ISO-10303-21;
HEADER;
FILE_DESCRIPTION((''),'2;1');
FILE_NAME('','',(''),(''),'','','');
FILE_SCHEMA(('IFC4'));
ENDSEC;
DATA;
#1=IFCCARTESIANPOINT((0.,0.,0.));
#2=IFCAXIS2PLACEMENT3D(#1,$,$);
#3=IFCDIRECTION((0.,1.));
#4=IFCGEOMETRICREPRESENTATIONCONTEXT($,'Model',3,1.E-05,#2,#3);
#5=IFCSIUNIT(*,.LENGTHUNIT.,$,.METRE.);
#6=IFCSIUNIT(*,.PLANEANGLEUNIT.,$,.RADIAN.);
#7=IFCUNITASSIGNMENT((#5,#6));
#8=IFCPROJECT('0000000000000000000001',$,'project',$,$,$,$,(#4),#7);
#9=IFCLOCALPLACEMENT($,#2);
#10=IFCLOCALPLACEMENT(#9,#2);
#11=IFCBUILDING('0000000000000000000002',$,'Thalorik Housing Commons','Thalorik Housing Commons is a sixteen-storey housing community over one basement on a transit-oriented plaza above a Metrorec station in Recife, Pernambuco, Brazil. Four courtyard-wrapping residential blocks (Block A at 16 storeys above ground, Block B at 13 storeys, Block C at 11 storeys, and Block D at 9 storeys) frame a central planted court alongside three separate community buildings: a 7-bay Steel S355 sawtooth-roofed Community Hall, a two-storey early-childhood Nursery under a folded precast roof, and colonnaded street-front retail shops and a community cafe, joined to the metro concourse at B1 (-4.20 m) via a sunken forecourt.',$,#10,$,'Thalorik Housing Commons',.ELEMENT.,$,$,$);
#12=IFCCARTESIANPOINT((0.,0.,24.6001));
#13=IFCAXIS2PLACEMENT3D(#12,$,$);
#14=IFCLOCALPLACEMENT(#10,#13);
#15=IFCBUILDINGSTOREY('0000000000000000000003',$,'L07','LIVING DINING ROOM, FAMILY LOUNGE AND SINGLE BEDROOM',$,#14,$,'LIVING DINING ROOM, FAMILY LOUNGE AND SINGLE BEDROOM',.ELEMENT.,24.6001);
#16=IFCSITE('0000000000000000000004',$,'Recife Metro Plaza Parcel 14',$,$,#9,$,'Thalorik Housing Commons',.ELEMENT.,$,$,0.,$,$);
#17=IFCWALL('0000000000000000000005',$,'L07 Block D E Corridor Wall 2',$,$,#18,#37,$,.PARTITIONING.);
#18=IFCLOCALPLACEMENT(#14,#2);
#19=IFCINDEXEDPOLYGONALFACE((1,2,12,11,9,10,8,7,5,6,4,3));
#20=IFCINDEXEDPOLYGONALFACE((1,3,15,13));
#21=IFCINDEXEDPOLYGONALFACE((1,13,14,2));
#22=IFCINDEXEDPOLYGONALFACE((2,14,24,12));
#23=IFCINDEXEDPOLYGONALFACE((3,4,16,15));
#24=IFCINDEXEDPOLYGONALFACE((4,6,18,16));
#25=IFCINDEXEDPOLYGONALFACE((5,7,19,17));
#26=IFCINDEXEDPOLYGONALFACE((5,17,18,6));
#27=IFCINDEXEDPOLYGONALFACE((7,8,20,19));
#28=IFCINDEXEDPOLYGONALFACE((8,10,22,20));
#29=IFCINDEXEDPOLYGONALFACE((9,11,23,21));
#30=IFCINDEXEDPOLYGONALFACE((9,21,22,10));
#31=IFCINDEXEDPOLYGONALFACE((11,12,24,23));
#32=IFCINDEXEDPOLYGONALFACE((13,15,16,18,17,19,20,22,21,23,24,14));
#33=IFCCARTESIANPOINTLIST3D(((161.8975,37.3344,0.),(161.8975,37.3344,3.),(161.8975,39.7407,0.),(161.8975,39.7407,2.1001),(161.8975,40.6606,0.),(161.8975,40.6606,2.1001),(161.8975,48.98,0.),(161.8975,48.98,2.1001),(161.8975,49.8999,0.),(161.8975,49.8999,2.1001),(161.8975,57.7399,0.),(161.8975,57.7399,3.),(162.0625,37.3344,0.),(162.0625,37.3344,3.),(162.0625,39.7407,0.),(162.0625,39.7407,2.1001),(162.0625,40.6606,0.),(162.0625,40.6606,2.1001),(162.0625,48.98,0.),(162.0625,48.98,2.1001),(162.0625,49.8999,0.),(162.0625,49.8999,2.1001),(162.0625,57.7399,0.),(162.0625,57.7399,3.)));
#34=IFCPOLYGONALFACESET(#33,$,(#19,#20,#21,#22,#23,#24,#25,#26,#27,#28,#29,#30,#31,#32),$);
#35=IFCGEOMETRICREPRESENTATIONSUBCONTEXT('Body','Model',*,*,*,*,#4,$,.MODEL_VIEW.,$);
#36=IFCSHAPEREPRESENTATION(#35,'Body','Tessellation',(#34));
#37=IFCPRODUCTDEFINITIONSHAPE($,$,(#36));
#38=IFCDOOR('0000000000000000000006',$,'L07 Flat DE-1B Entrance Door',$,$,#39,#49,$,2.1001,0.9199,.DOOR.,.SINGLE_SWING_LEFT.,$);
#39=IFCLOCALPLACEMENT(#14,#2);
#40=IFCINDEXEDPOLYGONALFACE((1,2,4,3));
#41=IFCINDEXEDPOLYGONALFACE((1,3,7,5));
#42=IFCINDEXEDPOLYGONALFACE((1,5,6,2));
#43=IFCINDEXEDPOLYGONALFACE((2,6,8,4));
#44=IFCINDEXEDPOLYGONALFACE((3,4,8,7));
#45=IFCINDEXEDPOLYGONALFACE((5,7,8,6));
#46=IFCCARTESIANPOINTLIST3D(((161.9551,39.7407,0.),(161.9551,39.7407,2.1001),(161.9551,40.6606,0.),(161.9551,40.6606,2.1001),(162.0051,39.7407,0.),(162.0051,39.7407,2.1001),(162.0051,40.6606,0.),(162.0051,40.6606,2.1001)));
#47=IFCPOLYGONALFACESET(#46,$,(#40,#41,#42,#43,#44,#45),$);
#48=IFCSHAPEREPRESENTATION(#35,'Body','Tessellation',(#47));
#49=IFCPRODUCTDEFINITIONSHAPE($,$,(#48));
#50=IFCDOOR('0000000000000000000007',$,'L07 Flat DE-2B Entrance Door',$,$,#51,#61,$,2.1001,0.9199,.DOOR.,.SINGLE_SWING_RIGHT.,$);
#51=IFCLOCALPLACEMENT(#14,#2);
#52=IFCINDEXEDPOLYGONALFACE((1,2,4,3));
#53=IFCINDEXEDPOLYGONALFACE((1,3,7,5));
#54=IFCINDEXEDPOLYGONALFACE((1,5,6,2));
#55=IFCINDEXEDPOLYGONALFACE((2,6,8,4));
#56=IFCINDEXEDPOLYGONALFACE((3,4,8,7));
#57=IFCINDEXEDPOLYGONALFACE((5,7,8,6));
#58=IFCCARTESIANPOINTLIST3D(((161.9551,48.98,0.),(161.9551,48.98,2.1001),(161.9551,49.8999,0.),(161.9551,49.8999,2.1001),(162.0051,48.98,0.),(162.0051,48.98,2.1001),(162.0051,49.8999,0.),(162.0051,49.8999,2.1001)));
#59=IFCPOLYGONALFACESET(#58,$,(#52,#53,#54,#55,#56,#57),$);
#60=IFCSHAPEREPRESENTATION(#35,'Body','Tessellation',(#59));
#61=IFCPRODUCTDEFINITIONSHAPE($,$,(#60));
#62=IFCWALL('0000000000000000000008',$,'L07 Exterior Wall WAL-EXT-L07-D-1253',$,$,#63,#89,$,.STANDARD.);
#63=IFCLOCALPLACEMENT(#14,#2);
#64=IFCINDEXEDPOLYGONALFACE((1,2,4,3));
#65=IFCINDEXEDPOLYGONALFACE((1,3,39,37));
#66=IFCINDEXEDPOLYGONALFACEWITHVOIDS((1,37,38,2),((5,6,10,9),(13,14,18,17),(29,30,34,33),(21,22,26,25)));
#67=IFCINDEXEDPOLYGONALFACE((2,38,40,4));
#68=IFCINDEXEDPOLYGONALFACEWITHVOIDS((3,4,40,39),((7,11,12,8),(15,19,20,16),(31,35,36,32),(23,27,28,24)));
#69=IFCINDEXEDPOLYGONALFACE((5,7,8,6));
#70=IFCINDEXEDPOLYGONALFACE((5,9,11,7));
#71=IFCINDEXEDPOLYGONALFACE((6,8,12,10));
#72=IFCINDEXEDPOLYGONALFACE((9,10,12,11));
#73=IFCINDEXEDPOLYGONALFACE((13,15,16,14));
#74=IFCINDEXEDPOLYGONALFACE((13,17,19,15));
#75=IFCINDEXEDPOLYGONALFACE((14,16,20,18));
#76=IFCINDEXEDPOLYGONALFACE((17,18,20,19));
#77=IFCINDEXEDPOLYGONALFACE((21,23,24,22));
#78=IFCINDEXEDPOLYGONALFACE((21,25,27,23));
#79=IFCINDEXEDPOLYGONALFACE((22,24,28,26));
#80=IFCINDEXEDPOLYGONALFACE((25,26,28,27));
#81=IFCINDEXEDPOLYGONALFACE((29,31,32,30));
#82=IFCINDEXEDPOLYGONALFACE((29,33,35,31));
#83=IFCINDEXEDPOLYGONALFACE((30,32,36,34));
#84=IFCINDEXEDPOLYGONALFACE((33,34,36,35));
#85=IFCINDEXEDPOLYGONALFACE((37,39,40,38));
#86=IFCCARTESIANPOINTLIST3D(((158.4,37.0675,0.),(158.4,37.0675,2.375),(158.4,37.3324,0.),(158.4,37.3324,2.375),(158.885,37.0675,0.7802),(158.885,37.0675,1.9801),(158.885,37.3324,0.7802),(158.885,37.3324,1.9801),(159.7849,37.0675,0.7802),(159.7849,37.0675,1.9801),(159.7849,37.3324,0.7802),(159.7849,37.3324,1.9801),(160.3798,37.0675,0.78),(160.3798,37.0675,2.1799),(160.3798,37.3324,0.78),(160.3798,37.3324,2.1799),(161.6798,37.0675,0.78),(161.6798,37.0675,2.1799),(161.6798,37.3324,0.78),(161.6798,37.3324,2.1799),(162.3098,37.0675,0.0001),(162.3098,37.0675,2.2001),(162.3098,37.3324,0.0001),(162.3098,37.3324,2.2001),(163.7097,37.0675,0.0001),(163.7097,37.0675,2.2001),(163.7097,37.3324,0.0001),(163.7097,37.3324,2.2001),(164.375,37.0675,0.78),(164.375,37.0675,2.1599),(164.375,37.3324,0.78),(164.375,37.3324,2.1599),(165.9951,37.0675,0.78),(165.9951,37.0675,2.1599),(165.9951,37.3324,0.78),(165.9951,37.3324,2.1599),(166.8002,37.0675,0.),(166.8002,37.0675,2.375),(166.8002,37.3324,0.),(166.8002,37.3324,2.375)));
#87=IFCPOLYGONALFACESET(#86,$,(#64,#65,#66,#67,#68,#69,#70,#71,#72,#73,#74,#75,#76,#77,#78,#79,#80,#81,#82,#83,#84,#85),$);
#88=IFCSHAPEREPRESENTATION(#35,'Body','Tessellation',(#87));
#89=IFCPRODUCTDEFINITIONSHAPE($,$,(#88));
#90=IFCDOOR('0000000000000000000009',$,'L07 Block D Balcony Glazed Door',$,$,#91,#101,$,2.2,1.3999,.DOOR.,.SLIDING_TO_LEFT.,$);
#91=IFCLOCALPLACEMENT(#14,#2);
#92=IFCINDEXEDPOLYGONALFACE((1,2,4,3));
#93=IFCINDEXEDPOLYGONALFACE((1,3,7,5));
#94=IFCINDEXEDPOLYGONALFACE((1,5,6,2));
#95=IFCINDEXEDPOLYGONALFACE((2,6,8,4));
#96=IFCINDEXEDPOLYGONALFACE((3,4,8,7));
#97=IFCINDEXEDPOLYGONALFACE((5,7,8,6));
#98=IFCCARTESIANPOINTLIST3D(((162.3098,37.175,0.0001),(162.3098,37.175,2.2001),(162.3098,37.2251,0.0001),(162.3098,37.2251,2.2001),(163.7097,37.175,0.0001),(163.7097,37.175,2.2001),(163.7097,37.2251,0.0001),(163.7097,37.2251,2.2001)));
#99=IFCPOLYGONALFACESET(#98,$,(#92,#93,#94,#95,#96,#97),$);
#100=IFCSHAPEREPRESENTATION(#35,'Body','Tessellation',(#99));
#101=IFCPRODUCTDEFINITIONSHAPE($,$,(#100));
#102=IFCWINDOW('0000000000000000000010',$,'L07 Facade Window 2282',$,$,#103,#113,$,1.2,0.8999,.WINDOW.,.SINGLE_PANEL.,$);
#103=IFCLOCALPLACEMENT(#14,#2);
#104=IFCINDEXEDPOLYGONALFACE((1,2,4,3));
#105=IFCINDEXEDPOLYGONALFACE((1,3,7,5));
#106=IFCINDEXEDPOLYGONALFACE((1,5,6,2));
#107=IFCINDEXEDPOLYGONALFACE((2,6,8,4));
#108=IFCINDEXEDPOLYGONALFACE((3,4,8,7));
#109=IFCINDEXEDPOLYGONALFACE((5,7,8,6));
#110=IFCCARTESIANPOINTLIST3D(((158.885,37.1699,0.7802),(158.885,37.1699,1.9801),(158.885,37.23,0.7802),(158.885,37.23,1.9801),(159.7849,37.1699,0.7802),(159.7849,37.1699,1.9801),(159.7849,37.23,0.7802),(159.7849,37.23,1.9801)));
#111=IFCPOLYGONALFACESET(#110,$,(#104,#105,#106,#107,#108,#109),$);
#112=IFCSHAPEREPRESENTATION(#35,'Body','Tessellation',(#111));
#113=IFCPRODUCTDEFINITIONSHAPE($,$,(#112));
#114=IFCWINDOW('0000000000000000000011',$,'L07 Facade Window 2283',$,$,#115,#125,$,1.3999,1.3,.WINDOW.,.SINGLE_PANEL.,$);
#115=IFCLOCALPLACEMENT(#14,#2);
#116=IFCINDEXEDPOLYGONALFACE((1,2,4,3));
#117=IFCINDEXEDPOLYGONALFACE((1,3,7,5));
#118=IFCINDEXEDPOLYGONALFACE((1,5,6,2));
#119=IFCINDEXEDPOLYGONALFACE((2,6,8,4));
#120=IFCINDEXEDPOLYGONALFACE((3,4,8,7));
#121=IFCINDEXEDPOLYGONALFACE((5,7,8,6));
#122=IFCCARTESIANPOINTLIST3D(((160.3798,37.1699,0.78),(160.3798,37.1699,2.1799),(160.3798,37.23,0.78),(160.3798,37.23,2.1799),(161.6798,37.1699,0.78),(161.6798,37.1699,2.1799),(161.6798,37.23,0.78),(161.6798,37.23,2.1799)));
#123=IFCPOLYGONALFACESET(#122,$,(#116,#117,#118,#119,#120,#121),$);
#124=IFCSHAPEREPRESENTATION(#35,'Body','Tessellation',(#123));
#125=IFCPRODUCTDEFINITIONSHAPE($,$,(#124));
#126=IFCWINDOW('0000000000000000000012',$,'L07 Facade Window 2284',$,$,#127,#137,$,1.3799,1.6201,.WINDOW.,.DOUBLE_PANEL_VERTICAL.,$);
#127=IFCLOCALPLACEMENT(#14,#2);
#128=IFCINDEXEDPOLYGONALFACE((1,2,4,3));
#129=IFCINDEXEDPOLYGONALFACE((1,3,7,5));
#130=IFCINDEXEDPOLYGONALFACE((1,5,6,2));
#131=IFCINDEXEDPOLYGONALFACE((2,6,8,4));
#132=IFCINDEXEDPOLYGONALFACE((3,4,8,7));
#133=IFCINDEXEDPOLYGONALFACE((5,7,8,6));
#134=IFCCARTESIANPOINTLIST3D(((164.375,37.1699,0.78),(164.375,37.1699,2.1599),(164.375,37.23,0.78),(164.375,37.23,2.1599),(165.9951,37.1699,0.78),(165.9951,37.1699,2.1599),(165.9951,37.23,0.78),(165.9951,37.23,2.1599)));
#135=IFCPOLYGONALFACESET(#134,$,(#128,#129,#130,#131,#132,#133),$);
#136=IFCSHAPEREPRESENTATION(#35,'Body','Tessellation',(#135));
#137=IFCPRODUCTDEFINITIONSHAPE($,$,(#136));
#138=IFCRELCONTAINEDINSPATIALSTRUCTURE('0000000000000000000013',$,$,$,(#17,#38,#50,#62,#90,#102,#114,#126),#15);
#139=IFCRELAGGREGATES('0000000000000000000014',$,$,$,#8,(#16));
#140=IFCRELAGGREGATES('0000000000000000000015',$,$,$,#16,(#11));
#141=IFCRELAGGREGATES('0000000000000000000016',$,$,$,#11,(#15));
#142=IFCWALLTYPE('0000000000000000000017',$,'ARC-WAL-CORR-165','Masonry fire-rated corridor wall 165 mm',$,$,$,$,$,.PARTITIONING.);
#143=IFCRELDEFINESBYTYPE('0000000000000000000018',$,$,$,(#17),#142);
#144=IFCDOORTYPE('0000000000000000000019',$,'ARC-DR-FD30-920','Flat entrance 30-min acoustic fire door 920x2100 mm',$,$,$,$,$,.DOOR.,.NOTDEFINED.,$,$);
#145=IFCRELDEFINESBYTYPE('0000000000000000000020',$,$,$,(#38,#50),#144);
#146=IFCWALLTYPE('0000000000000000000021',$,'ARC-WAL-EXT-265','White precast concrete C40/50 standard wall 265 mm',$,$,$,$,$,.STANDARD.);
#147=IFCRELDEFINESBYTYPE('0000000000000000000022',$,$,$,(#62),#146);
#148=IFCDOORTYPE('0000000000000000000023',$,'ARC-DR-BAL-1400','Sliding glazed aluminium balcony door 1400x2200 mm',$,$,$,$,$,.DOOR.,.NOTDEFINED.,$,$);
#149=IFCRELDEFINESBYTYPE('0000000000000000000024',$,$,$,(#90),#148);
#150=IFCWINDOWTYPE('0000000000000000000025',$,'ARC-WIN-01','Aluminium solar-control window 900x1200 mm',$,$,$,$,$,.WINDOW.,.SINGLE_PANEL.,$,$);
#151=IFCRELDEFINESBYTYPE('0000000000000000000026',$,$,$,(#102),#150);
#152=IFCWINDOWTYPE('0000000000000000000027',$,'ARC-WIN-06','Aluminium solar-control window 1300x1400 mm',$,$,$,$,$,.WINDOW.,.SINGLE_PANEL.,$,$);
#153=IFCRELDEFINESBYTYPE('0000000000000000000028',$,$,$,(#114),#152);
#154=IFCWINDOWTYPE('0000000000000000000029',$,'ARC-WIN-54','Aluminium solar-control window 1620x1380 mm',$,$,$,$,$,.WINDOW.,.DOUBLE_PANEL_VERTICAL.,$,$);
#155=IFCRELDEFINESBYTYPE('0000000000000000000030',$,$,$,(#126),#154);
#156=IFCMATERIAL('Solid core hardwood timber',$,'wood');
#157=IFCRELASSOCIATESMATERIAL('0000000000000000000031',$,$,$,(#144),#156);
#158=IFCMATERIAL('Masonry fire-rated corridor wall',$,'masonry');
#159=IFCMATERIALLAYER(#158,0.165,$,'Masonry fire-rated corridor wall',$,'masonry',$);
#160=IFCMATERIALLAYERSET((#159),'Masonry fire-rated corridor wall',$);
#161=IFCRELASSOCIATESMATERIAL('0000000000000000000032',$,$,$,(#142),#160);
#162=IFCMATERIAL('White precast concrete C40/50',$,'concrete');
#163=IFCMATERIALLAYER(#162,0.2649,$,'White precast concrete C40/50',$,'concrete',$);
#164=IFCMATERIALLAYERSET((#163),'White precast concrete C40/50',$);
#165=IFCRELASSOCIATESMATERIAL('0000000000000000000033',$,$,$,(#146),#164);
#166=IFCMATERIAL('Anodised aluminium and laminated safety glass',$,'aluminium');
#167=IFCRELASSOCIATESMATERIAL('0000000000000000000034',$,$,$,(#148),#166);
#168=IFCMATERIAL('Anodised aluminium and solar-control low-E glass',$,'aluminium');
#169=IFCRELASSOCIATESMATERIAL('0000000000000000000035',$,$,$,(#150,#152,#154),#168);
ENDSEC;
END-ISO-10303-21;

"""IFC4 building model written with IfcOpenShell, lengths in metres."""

from ifc_helpers import new_model, si_unit, direction, frame, frame_2d, origin, place, context, subcontext, project, spatial, rectangle, extrude, material, layer, layer_set, type_object, element, fill, save


model = new_model("IFC4")

# Units and contexts
model_context = context("Model", 3, precision=1e-05, world=origin(), true_north=direction((0.0, 1.0)))
body_context = subcontext(model_context, "Body", "Model", "MODEL_VIEW")
ifc_project = project(units=[si_unit("LENGTHUNIT", "METRE"), si_unit("PLANEANGLEUNIT", "RADIAN")], contexts=[model_context])

# Site, building, storey
site_placement = place(None, origin())
site = spatial("IfcSite", under=ifc_project, at=site_placement, Name="Recife Metro Plaza Parcel 14", LongName="Thalorik Housing Commons", CompositionType="ELEMENT", RefElevation=0.0)
building_placement = place(site_placement, origin())
building = spatial("IfcBuilding", under=site, at=building_placement, Name="Thalorik Housing Commons", Description="Thalorik Housing Commons is a sixteen-storey housing community over one basement on a transit-oriented plaza above a Metrorec station in Recife, Pernambuco, Brazil. Four courtyard-wrapping residential blocks (Block A at 16 storeys above ground, Block B at 13 storeys, Block C at 11 storeys, and Block D at 9 storeys) frame a central planted court alongside three separate community buildings: a 7-bay Steel S355 sawtooth-roofed Community Hall, a two-storey early-childhood Nursery under a folded precast roof, and colonnaded street-front retail shops and a community cafe, joined to the metro concourse at B1 (-4.20 m) via a sunken forecourt.", LongName="Thalorik Housing Commons", CompositionType="ELEMENT")
storey_placement = place(building_placement, frame((0.0, 0.0, 24.6001)))
storey = spatial("IfcBuildingStorey", under=building, at=storey_placement, Name="L07", Description="LIVING DINING ROOM, FAMILY LOUNGE AND SINGLE BEDROOM", LongName="LIVING DINING ROOM, FAMILY LOUNGE AND SINGLE BEDROOM", CompositionType="ELEMENT", Elevation=24.6001)

# Wall, openings, doors
ifc_material_1 = material(Name="Masonry fire-rated corridor wall", Category="masonry")
ifc_material_2 = material(Name="Solid core hardwood timber", Category="wood")
door_type_1 = type_object("IfcDoorType", Name="ARC-DR-FD30-920", Description="Flat entrance 30-min acoustic fire door 920x2100 mm", OperationType="NOTDEFINED", PredefinedType="DOOR", material=ifc_material_2)
ifc_layer_1 = layer(ifc_material_1, 0.165, Name="Masonry fire-rated corridor wall", Category="masonry")
ifc_layer_set_1 = layer_set([ifc_layer_1], Name="Masonry fire-rated corridor wall")
wall_type_1 = type_object("IfcWallType", Name="ARC-WAL-CORR-165", Description="Masonry fire-rated corridor wall 165 mm", PredefinedType="PARTITIONING", material=ifc_layer_set_1)
wall_1_placement = place(storey_placement, frame((161.98, 37.3345, 0.0), z_axis=(0.0, 0.0, 1.0), x_axis=(0.0, 1.0, 0.0)))
wall_1 = element("IfcWall", 1, at=wall_1_placement, inside=storey, type_object=wall_type_1, Name="L07 Block D E Corridor Wall 2", PredefinedType="PARTITIONING", context=body_context, shape_type="SweptSolid", body=[
    extrude(rectangle(XDim=20.4055, YDim=0.165, at=frame_2d((10.2026, 0.0))), origin(), (0.0, 0.0, 1.0), 3.0),
])
opening_1_placement = place(wall_1_placement, frame((2.4062, 0.0, 0.0)))
opening_1 = element("IfcOpeningElement", 2, at=opening_1_placement, cuts=wall_1, PredefinedType="OPENING", context=body_context, shape_type="SweptSolid", body=[
    extrude(rectangle(XDim=0.9199, YDim=2.1001, at=frame_2d((0.46, 1.05))), frame((0.0, 0.0925, 0.0), z_axis=(0.0, -1.0, 0.0), x_axis=(1.0, 0.0, 0.0)), (0.0, 0.0, 1.0), 0.1851),
])
opening_2_placement = place(wall_1_placement, frame((11.6455, 0.0, 0.0)))
opening_2 = element("IfcOpeningElement", 3, at=opening_2_placement, cuts=wall_1, PredefinedType="OPENING", context=body_context, shape_type="SweptSolid", body=[
    extrude(rectangle(XDim=0.9199, YDim=2.1001, at=frame_2d((0.46, 1.05))), frame((0.0, 0.0925, 0.0), z_axis=(0.0, -1.0, 0.0), x_axis=(1.0, 0.0, 0.0)), (0.0, 0.0, 1.0), 0.1851),
])
door_1_placement = place(opening_1_placement, origin())
door_1 = element("IfcDoor", 4, at=door_1_placement, inside=storey, type_object=door_type_1, Name="L07 Flat DE-1B Entrance Door", OperationType="SINGLE_SWING_LEFT", OverallHeight=2.1001, OverallWidth=0.9199, PredefinedType="DOOR", context=body_context, shape_type="SweptSolid", body=[
    extrude(rectangle(XDim=0.9199, YDim=2.1001, at=frame_2d((0.46, 1.05))), frame((0.0, 0.0249, 0.0), z_axis=(0.0, -1.0, 0.0), x_axis=(1.0, 0.0, 0.0)), (0.0, 0.0, 1.0), 0.05),
])
fill(opening_1, door_1)
door_2_placement = place(opening_2_placement, origin())
door_2 = element("IfcDoor", 5, at=door_2_placement, inside=storey, type_object=door_type_1, Name="L07 Flat DE-2B Entrance Door", OperationType="SINGLE_SWING_RIGHT", OverallHeight=2.1001, OverallWidth=0.9199, PredefinedType="DOOR", context=body_context, shape_type="SweptSolid", body=[
    extrude(rectangle(XDim=0.9199, YDim=2.1001, at=frame_2d((0.46, 1.05))), frame((0.0, 0.0249, 0.0), z_axis=(0.0, -1.0, 0.0), x_axis=(1.0, 0.0, 0.0)), (0.0, 0.0, 1.0), 0.05),
])
fill(opening_2, door_2)

# Wall, openings, door, windows
ifc_material_3 = material(Name="White precast concrete C40/50", Category="concrete")
ifc_layer_2 = layer(ifc_material_3, 0.2649, Name="White precast concrete C40/50", Category="concrete")
ifc_layer_set_2 = layer_set([ifc_layer_2], Name="White precast concrete C40/50")
wall_type_2 = type_object("IfcWallType", Name="ARC-WAL-EXT-265", Description="White precast concrete C40/50 standard wall 265 mm", PredefinedType="STANDARD", material=ifc_layer_set_2)
wall_2_placement = place(storey_placement, frame((158.3999, 37.2, 0.0), z_axis=(0.0, 0.0, 1.0), x_axis=(1.0, 0.0, 0.0)))
wall_2 = element("IfcWall", 6, at=wall_2_placement, inside=storey, type_object=wall_type_2, Name="L07 Exterior Wall WAL-EXT-L07-D-1253", PredefinedType="STANDARD", context=body_context, shape_type="SweptSolid", body=[
    extrude(rectangle(XDim=8.4001, YDim=0.2649, at=frame_2d((4.2002, 0.0))), origin(), (0.0, 0.0, 1.0), 2.375),
])
opening_3_placement = place(wall_2_placement, frame((3.9099, 0.0, 0.0)))
opening_3 = element("IfcOpeningElement", 7, at=opening_3_placement, cuts=wall_2, PredefinedType="OPENING", context=body_context, shape_type="SweptSolid", body=[
    extrude(rectangle(XDim=1.3999, YDim=2.2, at=frame_2d((0.7, 1.1001))), frame((0.0, 0.1426, 0.0), z_axis=(0.0, -1.0, 0.0), x_axis=(1.0, 0.0, 0.0)), (0.0, 0.0, 1.0), 0.2849),
])
opening_4_placement = place(wall_2_placement, frame((0.4851, 0.0, 0.78)))
opening_4 = element("IfcOpeningElement", 8, at=opening_4_placement, cuts=wall_2, PredefinedType="OPENING", context=body_context, shape_type="SweptSolid", body=[
    extrude(rectangle(XDim=0.8999, YDim=1.2, at=frame_2d((0.45, 0.6001))), frame((0.0, 0.1426, 0.0), z_axis=(0.0, -1.0, 0.0), x_axis=(1.0, 0.0, 0.0)), (0.0, 0.0, 1.0), 0.2849),
])
opening_5_placement = place(wall_2_placement, frame((1.98, 0.0, 0.78)))
opening_5 = element("IfcOpeningElement", 9, at=opening_5_placement, cuts=wall_2, PredefinedType="OPENING", context=body_context, shape_type="SweptSolid", body=[
    extrude(rectangle(XDim=1.3, YDim=1.3999, at=frame_2d((0.6499, 0.7))), frame((0.0, 0.1426, 0.0), z_axis=(0.0, -1.0, 0.0), x_axis=(1.0, 0.0, 0.0)), (0.0, 0.0, 1.0), 0.2849),
])
opening_6_placement = place(wall_2_placement, frame((5.9751, 0.0, 0.78)))
opening_6 = element("IfcOpeningElement", 10, at=opening_6_placement, cuts=wall_2, PredefinedType="OPENING", context=body_context, shape_type="SweptSolid", body=[
    extrude(rectangle(XDim=1.6201, YDim=1.3799, at=frame_2d((0.8101, 0.6899))), frame((0.0, 0.1426, 0.0), z_axis=(0.0, -1.0, 0.0), x_axis=(1.0, 0.0, 0.0)), (0.0, 0.0, 1.0), 0.2849),
])
ifc_material_4 = material(Name="Anodised aluminium and laminated safety glass", Category="aluminium")
door_type_2 = type_object("IfcDoorType", Name="ARC-DR-BAL-1400", Description="Sliding glazed aluminium balcony door 1400x2200 mm", OperationType="NOTDEFINED", PredefinedType="DOOR", material=ifc_material_4)
door_3_placement = place(opening_3_placement, frame((1.3999, 0.0, 0.0), z_axis=(0.0, 0.0, 1.0), x_axis=(-1.0, 0.0, 0.0)))
door_3 = element("IfcDoor", 11, at=door_3_placement, inside=storey, type_object=door_type_2, Name="L07 Block D Balcony Glazed Door", OperationType="SLIDING_TO_LEFT", OverallHeight=2.2, OverallWidth=1.3999, PredefinedType="DOOR", context=body_context, shape_type="SweptSolid", body=[
    extrude(rectangle(XDim=1.3999, YDim=2.2, at=frame_2d((0.7, 1.1001))), frame((0.0, 0.0249, 0.0), z_axis=(0.0, -1.0, 0.0), x_axis=(1.0, 0.0, 0.0)), (0.0, 0.0, 1.0), 0.05),
])
fill(opening_3, door_3)
ifc_material_5 = material(Name="Anodised aluminium and solar-control low-E glass", Category="aluminium")
window_type_1 = type_object("IfcWindowType", Name="ARC-WIN-01", Description="Aluminium solar-control window 900x1200 mm", PartitioningType="SINGLE_PANEL", PredefinedType="WINDOW", material=ifc_material_5)
window_1_placement = place(opening_4_placement, origin())
window_1 = element("IfcWindow", 12, at=window_1_placement, inside=storey, type_object=window_type_1, Name="L07 Facade Window 2282", OverallHeight=1.2, OverallWidth=0.8999, PartitioningType="SINGLE_PANEL", PredefinedType="WINDOW", context=body_context, shape_type="SweptSolid", body=[
    extrude(rectangle(XDim=0.8999, YDim=1.2, at=frame_2d((0.45, 0.6001))), frame((0.0, 0.03, 0.0), z_axis=(0.0, -1.0, 0.0), x_axis=(1.0, 0.0, 0.0)), (0.0, 0.0, 1.0), 0.0601),
])
fill(opening_4, window_1)
window_type_2 = type_object("IfcWindowType", Name="ARC-WIN-06", Description="Aluminium solar-control window 1300x1400 mm", PartitioningType="SINGLE_PANEL", PredefinedType="WINDOW", material=ifc_material_5)
window_2_placement = place(opening_5_placement, origin())
window_2 = element("IfcWindow", 13, at=window_2_placement, inside=storey, type_object=window_type_2, Name="L07 Facade Window 2283", OverallHeight=1.3999, OverallWidth=1.3, PartitioningType="SINGLE_PANEL", PredefinedType="WINDOW", context=body_context, shape_type="SweptSolid", body=[
    extrude(rectangle(XDim=1.3, YDim=1.3999, at=frame_2d((0.6499, 0.7))), frame((0.0, 0.03, 0.0), z_axis=(0.0, -1.0, 0.0), x_axis=(1.0, 0.0, 0.0)), (0.0, 0.0, 1.0), 0.0601),
])
fill(opening_5, window_2)
window_type_3 = type_object("IfcWindowType", Name="ARC-WIN-54", Description="Aluminium solar-control window 1620x1380 mm", PartitioningType="DOUBLE_PANEL_VERTICAL", PredefinedType="WINDOW", material=ifc_material_5)
window_3_placement = place(opening_6_placement, origin())
window_3 = element("IfcWindow", 14, at=window_3_placement, inside=storey, type_object=window_type_3, Name="L07 Facade Window 2284", OverallHeight=1.3799, OverallWidth=1.6201, PartitioningType="DOUBLE_PANEL_VERTICAL", PredefinedType="WINDOW", context=body_context, shape_type="SweptSolid", body=[
    extrude(rectangle(XDim=1.6201, YDim=1.3799, at=frame_2d((0.8101, 0.6899))), frame((0.0, 0.03, 0.0), z_axis=(0.0, -1.0, 0.0), x_axis=(1.0, 0.0, 0.0)), (0.0, 0.0, 1.0), 0.0601),
])
fill(opening_6, window_3)

save(model, "model.ifc")
